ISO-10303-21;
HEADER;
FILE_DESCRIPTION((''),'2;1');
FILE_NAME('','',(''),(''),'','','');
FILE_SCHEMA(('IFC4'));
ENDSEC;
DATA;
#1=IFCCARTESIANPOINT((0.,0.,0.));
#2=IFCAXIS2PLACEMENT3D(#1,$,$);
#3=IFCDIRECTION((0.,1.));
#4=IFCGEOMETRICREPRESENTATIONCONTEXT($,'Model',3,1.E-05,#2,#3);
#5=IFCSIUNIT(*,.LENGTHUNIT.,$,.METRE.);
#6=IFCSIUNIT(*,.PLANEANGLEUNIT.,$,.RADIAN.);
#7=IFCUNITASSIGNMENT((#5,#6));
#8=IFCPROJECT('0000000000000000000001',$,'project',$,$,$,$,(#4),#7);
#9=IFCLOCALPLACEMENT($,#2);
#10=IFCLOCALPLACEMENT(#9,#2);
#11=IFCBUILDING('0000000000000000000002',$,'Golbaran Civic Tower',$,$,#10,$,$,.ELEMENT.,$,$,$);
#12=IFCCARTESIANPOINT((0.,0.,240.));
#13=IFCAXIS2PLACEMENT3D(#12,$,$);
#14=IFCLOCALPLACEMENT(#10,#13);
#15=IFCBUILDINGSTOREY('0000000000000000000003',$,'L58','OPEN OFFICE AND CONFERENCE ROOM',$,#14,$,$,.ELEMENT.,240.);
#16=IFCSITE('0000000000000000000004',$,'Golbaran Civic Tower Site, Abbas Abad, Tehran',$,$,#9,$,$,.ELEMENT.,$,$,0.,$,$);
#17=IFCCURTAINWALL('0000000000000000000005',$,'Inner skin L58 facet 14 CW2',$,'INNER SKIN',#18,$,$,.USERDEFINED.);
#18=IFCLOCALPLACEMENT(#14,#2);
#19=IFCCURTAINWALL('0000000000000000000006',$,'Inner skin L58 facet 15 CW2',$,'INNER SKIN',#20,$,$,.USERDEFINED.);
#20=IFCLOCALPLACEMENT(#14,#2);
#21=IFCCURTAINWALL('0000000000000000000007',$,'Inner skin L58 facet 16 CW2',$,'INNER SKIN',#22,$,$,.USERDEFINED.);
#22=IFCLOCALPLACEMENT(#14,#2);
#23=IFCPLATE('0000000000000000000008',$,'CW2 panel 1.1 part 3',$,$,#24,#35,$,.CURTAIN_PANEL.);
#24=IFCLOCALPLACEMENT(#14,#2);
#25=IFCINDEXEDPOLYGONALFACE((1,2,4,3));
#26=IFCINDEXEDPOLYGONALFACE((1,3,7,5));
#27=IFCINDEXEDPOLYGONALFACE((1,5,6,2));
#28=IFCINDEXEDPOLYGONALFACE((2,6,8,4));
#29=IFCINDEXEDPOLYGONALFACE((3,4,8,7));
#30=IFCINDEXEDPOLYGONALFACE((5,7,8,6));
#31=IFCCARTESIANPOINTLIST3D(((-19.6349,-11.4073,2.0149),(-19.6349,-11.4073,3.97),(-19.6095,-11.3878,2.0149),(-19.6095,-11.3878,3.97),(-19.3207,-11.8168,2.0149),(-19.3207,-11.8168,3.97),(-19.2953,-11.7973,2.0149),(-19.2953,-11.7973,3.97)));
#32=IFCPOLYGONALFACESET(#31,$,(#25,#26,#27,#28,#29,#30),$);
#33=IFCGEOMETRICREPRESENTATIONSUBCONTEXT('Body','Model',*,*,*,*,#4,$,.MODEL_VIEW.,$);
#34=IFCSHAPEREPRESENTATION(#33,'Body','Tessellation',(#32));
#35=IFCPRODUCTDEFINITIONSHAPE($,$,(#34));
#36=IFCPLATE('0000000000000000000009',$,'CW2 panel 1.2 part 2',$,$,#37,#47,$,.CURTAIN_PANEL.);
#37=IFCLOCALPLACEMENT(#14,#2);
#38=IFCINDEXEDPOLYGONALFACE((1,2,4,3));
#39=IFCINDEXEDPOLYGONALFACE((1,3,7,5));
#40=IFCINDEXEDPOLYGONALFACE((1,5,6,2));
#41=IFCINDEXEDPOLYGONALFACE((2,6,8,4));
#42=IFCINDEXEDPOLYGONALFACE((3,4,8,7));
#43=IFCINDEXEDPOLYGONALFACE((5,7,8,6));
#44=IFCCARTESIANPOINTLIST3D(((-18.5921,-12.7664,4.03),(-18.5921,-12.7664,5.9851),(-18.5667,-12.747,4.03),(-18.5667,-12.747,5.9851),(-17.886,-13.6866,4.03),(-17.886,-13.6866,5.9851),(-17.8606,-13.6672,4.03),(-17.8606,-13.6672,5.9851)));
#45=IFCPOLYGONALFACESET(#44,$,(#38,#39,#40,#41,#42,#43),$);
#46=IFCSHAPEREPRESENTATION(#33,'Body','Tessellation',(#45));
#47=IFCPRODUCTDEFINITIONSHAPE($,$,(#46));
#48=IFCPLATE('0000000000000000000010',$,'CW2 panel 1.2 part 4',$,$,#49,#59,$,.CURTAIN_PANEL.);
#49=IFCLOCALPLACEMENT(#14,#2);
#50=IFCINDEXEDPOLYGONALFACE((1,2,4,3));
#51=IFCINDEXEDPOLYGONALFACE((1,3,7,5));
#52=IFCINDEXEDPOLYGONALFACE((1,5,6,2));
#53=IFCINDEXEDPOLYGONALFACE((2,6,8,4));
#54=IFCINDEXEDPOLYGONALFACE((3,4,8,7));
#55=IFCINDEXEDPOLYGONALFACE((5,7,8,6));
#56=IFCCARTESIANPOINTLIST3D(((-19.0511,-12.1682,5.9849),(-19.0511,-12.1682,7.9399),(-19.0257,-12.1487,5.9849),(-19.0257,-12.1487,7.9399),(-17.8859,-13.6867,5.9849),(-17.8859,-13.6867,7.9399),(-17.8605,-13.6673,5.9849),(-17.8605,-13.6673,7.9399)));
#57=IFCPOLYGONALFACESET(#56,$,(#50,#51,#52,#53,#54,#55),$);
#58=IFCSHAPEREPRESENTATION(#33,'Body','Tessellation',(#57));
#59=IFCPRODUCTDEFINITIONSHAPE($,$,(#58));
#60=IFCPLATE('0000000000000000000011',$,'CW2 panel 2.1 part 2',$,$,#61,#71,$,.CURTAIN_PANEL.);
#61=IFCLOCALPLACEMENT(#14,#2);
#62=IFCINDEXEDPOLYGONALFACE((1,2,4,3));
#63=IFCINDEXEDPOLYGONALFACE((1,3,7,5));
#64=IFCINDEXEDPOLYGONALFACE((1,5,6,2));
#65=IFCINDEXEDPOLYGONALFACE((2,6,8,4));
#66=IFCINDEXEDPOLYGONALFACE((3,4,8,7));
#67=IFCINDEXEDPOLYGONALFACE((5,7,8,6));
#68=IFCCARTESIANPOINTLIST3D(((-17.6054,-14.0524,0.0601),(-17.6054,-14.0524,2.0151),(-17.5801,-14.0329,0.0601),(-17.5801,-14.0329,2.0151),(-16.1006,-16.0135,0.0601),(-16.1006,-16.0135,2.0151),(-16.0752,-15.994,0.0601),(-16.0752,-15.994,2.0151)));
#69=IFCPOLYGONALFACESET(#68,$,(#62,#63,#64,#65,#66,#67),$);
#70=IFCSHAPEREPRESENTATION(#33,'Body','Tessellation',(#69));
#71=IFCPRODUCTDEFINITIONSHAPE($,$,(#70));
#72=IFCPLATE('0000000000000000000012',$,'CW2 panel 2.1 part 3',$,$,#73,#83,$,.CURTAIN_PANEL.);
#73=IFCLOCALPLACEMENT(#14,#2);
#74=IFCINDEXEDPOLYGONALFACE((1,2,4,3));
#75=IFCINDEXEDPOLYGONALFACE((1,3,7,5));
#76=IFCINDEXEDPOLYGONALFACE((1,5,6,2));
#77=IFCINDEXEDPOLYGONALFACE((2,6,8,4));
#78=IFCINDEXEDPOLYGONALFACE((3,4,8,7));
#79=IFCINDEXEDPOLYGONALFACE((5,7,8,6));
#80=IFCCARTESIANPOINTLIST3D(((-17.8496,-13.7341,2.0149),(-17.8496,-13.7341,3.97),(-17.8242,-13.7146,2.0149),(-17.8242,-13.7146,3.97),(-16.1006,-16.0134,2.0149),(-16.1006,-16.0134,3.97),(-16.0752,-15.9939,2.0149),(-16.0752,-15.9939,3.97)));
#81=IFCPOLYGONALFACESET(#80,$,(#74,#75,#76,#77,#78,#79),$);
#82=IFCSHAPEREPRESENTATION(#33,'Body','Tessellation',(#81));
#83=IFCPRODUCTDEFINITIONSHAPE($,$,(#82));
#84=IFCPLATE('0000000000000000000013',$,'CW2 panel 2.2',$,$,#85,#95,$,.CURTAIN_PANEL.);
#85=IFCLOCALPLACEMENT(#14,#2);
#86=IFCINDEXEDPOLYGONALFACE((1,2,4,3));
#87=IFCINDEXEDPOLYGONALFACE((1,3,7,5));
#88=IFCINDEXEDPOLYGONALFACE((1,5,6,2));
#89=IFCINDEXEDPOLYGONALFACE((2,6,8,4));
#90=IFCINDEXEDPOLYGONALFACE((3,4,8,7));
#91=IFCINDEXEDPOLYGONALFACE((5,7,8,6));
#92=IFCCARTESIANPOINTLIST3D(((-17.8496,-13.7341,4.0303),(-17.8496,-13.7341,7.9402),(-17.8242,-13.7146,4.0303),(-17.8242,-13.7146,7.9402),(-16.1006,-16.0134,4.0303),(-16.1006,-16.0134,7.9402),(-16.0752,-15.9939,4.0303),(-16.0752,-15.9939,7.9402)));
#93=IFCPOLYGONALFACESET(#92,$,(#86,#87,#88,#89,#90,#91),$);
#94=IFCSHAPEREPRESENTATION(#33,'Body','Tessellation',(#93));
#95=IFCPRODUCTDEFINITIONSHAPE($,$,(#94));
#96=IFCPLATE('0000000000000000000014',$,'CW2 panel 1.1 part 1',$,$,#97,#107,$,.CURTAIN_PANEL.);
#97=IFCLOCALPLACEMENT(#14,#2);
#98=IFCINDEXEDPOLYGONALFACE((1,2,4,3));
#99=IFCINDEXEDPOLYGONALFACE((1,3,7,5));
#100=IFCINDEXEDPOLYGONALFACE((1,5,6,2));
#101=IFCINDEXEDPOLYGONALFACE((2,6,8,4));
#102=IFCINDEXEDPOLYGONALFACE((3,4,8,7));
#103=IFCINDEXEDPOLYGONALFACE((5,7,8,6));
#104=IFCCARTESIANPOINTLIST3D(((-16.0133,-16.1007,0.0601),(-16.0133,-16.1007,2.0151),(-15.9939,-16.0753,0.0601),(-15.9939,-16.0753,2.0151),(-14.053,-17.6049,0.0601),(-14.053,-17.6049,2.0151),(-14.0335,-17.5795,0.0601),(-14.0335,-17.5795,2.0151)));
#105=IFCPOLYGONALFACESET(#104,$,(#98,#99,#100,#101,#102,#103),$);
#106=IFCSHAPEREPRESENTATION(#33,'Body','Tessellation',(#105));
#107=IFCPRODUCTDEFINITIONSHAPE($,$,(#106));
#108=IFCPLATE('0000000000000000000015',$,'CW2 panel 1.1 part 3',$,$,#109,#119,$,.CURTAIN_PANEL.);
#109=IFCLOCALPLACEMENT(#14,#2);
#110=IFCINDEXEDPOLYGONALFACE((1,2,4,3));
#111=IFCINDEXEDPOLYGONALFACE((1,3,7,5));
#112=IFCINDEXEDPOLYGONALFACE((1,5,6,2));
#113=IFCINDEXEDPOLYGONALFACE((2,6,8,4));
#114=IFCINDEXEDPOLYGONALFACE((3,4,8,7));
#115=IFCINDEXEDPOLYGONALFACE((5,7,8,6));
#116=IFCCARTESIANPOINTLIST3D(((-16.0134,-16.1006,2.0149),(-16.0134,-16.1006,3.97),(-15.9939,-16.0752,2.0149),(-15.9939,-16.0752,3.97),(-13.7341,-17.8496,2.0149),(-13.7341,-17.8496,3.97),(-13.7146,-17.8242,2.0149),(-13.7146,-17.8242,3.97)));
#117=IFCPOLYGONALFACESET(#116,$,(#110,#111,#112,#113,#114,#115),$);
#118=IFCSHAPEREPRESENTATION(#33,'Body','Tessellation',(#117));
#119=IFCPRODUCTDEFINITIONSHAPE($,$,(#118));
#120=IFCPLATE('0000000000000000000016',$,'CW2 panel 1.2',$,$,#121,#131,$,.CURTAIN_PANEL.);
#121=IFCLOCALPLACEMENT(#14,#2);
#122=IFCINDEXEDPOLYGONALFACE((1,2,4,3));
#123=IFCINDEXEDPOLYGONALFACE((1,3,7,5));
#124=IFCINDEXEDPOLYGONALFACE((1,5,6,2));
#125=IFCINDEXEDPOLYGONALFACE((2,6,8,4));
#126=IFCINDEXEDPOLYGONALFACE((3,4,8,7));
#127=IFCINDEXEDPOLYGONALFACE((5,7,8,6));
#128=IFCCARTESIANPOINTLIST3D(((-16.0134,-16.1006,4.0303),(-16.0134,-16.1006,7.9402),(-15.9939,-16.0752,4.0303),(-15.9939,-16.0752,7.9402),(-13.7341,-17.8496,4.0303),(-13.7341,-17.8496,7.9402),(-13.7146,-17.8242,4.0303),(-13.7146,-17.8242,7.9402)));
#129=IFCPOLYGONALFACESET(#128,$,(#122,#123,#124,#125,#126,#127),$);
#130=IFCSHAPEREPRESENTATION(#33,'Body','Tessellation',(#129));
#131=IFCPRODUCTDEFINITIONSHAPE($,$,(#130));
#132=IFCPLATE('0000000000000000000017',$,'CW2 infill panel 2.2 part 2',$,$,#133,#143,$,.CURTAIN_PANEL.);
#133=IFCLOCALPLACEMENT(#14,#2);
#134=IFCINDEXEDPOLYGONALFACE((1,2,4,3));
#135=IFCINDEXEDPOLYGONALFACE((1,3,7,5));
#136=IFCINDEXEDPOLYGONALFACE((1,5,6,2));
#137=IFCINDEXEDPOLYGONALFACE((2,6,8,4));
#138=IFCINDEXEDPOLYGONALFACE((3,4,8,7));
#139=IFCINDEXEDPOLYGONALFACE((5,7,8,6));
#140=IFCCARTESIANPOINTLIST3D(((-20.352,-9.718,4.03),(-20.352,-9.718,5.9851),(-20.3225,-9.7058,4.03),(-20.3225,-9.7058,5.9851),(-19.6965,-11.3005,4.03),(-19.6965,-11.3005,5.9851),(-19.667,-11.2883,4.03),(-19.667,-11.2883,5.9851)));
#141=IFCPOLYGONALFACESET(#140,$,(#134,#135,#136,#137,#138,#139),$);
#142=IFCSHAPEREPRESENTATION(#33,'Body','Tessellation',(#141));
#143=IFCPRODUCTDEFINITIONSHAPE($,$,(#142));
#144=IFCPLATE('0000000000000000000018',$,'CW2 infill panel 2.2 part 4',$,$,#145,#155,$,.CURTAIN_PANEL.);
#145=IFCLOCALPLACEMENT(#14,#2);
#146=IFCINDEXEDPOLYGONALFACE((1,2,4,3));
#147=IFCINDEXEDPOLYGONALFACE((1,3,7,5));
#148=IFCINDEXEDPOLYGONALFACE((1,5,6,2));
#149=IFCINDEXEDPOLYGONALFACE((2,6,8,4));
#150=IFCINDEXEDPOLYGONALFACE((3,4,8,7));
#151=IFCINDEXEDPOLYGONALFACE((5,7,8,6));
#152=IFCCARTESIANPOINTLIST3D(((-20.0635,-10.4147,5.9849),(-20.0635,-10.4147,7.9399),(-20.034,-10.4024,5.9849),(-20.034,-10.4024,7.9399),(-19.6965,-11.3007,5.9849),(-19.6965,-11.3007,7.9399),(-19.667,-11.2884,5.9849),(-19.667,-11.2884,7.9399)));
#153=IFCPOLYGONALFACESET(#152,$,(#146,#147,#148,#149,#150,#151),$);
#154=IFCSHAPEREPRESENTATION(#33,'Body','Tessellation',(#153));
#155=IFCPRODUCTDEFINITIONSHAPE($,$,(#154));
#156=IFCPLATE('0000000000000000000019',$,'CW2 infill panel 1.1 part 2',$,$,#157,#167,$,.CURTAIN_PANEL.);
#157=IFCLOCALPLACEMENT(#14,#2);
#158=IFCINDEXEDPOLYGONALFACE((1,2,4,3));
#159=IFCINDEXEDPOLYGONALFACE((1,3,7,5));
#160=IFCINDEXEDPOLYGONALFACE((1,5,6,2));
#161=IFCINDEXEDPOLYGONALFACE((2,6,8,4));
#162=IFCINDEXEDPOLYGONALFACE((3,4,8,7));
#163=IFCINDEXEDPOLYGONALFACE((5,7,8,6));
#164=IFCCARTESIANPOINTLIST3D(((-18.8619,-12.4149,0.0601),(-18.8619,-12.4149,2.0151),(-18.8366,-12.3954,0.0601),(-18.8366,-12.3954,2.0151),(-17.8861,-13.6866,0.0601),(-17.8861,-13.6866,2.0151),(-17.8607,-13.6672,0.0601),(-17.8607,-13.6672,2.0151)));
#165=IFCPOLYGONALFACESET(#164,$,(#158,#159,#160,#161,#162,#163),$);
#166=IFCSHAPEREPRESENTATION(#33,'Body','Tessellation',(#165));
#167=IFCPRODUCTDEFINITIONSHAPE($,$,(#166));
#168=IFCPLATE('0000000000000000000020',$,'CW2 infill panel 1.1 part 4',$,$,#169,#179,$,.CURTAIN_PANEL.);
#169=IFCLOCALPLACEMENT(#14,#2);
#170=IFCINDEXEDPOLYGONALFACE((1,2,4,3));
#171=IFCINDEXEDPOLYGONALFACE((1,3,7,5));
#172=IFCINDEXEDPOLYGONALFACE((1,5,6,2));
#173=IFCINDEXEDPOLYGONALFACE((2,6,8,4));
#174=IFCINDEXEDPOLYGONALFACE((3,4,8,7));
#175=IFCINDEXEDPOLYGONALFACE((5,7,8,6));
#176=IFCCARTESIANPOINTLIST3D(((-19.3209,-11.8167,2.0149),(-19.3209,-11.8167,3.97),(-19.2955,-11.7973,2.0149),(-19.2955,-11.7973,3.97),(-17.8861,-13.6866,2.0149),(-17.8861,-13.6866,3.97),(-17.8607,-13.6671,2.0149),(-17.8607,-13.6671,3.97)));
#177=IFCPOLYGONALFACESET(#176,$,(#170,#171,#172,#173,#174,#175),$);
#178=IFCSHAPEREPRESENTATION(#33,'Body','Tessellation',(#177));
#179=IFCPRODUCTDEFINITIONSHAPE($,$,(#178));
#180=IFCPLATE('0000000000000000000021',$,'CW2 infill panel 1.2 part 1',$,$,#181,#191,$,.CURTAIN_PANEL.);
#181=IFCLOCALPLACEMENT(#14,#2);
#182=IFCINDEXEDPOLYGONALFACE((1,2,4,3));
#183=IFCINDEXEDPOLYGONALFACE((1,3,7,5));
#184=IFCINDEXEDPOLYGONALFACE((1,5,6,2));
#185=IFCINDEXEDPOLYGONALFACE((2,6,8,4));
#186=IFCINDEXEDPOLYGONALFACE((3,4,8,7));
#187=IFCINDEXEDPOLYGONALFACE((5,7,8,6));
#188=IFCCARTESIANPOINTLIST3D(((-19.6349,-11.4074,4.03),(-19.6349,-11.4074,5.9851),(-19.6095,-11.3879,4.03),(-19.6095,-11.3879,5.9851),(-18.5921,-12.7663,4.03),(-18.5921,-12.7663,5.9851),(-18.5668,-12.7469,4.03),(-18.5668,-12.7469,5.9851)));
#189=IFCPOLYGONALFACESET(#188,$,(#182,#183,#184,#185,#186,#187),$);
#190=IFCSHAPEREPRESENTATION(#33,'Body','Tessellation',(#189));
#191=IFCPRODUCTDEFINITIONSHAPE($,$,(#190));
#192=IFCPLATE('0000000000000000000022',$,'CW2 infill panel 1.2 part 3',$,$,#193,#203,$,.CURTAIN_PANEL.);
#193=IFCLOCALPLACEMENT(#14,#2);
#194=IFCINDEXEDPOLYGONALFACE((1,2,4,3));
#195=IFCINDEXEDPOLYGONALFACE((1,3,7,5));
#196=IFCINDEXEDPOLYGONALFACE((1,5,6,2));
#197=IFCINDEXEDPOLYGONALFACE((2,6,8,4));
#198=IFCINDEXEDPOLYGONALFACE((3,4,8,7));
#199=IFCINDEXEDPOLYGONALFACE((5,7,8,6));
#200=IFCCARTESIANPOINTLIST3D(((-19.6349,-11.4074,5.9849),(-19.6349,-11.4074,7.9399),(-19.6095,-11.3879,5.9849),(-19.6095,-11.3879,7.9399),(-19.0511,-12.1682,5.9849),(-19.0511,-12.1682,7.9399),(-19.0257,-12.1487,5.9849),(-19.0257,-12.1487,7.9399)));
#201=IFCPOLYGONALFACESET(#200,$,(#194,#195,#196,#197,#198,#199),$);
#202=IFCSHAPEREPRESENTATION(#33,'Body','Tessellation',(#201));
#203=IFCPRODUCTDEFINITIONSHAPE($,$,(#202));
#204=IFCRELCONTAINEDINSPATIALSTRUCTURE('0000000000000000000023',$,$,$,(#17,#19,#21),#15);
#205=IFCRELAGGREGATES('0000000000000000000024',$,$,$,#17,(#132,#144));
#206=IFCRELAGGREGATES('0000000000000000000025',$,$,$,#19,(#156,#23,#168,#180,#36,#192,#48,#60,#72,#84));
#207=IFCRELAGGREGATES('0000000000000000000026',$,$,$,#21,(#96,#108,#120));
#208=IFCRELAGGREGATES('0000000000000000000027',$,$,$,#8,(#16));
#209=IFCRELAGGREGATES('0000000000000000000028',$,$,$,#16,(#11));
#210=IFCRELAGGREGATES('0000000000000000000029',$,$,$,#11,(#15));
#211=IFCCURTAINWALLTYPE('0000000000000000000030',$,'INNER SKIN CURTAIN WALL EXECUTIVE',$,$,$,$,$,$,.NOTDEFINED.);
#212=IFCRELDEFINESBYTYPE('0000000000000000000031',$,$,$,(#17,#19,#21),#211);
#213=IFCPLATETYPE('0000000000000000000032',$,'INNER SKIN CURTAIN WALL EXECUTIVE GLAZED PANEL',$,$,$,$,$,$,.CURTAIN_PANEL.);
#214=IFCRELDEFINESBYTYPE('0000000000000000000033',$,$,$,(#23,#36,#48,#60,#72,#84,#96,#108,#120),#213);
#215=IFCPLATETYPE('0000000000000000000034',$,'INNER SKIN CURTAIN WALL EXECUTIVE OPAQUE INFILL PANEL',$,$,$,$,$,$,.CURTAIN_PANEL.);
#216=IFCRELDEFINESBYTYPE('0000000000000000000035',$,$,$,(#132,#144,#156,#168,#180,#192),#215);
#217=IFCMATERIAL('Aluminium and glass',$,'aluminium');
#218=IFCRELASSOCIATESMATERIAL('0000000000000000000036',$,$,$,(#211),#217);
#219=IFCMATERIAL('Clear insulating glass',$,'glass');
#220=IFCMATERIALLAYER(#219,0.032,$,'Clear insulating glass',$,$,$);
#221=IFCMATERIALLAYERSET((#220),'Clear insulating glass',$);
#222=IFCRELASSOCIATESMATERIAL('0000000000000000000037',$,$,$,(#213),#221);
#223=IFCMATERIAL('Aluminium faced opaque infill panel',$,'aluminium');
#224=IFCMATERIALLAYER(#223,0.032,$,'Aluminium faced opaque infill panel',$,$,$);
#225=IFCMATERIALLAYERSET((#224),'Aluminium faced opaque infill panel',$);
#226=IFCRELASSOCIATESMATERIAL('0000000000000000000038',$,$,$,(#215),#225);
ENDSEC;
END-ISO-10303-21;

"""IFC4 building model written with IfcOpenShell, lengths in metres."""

from ifc_helpers import new_model, si_unit, direction, frame, origin, origin_2d, place, context, subcontext, project, spatial, rectangle, extrude, material, layer, layer_set, type_object, element, aggregate, save


model = new_model("IFC4")

# Units and contexts
model_context = context("Model", 3, precision=1e-05, world=origin(), true_north=direction((0.0, 1.0)))
body_context = subcontext(model_context, "Body", "Model", "MODEL_VIEW")
ifc_project = project(units=[si_unit("LENGTHUNIT", "METRE"), si_unit("PLANEANGLEUNIT", "RADIAN")], contexts=[model_context])

# Site, building, storey
site_placement = place(None, origin())
site = spatial("IfcSite", under=ifc_project, at=site_placement, Name="Golbaran Civic Tower Site, Abbas Abad, Tehran", CompositionType="ELEMENT", RefElevation=0.0)
building_placement = place(site_placement, origin())
building = spatial("IfcBuilding", under=site, at=building_placement, Name="Golbaran Civic Tower", CompositionType="ELEMENT")
storey_placement = place(building_placement, frame((0.0, 0.0, 240.0)))
storey = spatial("IfcBuildingStorey", under=building, at=storey_placement, Name="L58", Description="OPEN OFFICE AND CONFERENCE ROOM", CompositionType="ELEMENT", Elevation=240.0)

# Curtain wall
ifc_material_1 = material(Name="Aluminium and glass", Category="aluminium")
curtain_wall_type = type_object("IfcCurtainWallType", Name="INNER SKIN CURTAIN WALL EXECUTIVE", PredefinedType="NOTDEFINED", material=ifc_material_1)
curtain_wall_1_placement = place(storey_placement, origin())
curtain_wall_1 = element("IfcCurtainWall", 1, at=curtain_wall_1_placement, inside=storey, type_object=curtain_wall_type, Name="Inner skin L58 facet 14 CW2", ObjectType="INNER SKIN", PredefinedType="USERDEFINED")

# Curtain walls
curtain_wall_2_placement = place(storey_placement, origin())
curtain_wall_2 = element("IfcCurtainWall", 2, at=curtain_wall_2_placement, inside=storey, type_object=curtain_wall_type, Name="Inner skin L58 facet 15 CW2", ObjectType="INNER SKIN", PredefinedType="USERDEFINED")
curtain_wall_3_placement = place(storey_placement, origin())
curtain_wall_3 = element("IfcCurtainWall", 3, at=curtain_wall_3_placement, inside=storey, type_object=curtain_wall_type, Name="Inner skin L58 facet 16 CW2", ObjectType="INNER SKIN", PredefinedType="USERDEFINED")

# Plates
ifc_material_2 = material(Name="Clear insulating glass", Category="glass")
ifc_layer_1 = layer(ifc_material_2, 0.032, Name="Clear insulating glass")
ifc_layer_set_1 = layer_set([ifc_layer_1], Name="Clear insulating glass")
plate_type_1 = type_object("IfcPlateType", Name="INNER SKIN CURTAIN WALL EXECUTIVE GLAZED PANEL", PredefinedType="CURTAIN_PANEL", material=ifc_layer_set_1)
plate_1_placement = place(storey_placement, frame((-19.4651, -11.6023, 2.0149), z_axis=(0.0, 0.0, 1.0), x_axis=(0.608761, -0.793353, 0.0)))
plate_1 = element("IfcPlate", 4, at=plate_1_placement, type_object=plate_type_1, Name="CW2 panel 1.1 part 3", PredefinedType="CURTAIN_PANEL", context=body_context, shape_type="SweptSolid", body=[
    extrude(rectangle(XDim=0.5161, YDim=0.032, at=origin_2d()), origin(), (0.0, 0.0, 1.0), 1.9551),
])
plate_2_placement = place(storey_placement, frame((-18.2263, -13.2168, 4.03), z_axis=(0.0, 0.0, 1.0), x_axis=(0.608761, -0.793353, 0.0)))
plate_2 = element("IfcPlate", 5, at=plate_2_placement, type_object=plate_type_1, Name="CW2 panel 1.2 part 2", PredefinedType="CURTAIN_PANEL", context=body_context, shape_type="SweptSolid", body=[
    extrude(rectangle(XDim=1.1599, YDim=0.032, at=origin_2d()), origin(), (0.0, 0.0, 1.0), 1.9551),
])
plate_3_placement = place(storey_placement, frame((-18.4558, -12.9177, 5.9849), z_axis=(0.0, 0.0, 1.0), x_axis=(0.608761, -0.793353, 0.0)))
plate_3 = element("IfcPlate", 6, at=plate_3_placement, type_object=plate_type_1, Name="CW2 panel 1.2 part 4", PredefinedType="CURTAIN_PANEL", context=body_context, shape_type="SweptSolid", body=[
    extrude(rectangle(XDim=1.9141, YDim=0.032, at=origin_2d()), origin(), (0.0, 0.0, 1.0), 1.9551),
])
plate_4_placement = place(storey_placement, frame((-16.8403, -15.0232, 0.0601), z_axis=(0.0, 0.0, 1.0), x_axis=(0.608761, -0.793353, 0.0)))
plate_4 = element("IfcPlate", 7, at=plate_4_placement, type_object=plate_type_1, Name="CW2 panel 2.1 part 2", PredefinedType="CURTAIN_PANEL", context=body_context, shape_type="SweptSolid", body=[
    extrude(rectangle(XDim=2.4719, YDim=0.032, at=origin_2d()), origin(), (0.0, 0.0, 1.0), 1.9551),
])
plate_5_placement = place(storey_placement, frame((-16.9624, -14.864, 2.0149), z_axis=(0.0, 0.0, 1.0), x_axis=(0.608761, -0.793353, 0.0)))
plate_5 = element("IfcPlate", 8, at=plate_5_placement, type_object=plate_type_1, Name="CW2 panel 2.1 part 3", PredefinedType="CURTAIN_PANEL", context=body_context, shape_type="SweptSolid", body=[
    extrude(rectangle(XDim=2.873, YDim=0.032, at=origin_2d()), origin(), (0.0, 0.0, 1.0), 1.9551),
])
plate_6_placement = place(storey_placement, frame((-16.9624, -14.864, 4.0303), z_axis=(0.0, 0.0, 1.0), x_axis=(0.608761, -0.793353, 0.0)))
plate_6 = element("IfcPlate", 9, at=plate_6_placement, type_object=plate_type_1, Name="CW2 panel 2.2", PredefinedType="CURTAIN_PANEL", context=body_context, shape_type="SweptSolid", body=[
    extrude(rectangle(XDim=2.873, YDim=0.032, at=origin_2d()), origin(), (0.0, 0.0, 1.0), 3.9099),
])
plate_7_placement = place(storey_placement, frame((-15.0234, -16.8401, 0.0601), z_axis=(0.0, 0.0, 1.0), x_axis=(0.793353, -0.608761, 0.0)))
plate_7 = element("IfcPlate", 10, at=plate_7_placement, type_object=plate_type_1, Name="CW2 panel 1.1 part 1", PredefinedType="CURTAIN_PANEL", context=body_context, shape_type="SweptSolid", body=[
    extrude(rectangle(XDim=2.4709, YDim=0.032, at=origin_2d()), origin(), (0.0, 0.0, 1.0), 1.9551),
])
plate_8_placement = place(storey_placement, frame((-14.864, -16.9624, 2.0149), z_axis=(0.0, 0.0, 1.0), x_axis=(0.793353, -0.608761, 0.0)))
plate_8 = element("IfcPlate", 11, at=plate_8_placement, type_object=plate_type_1, Name="CW2 panel 1.1 part 3", PredefinedType="CURTAIN_PANEL", context=body_context, shape_type="SweptSolid", body=[
    extrude(rectangle(XDim=2.873, YDim=0.032, at=origin_2d()), origin(), (0.0, 0.0, 1.0), 1.9551),
])
plate_9_placement = place(storey_placement, frame((-14.864, -16.9624, 4.0303), z_axis=(0.0, 0.0, 1.0), x_axis=(0.793353, -0.608761, 0.0)))
plate_9 = element("IfcPlate", 12, at=plate_9_placement, type_object=plate_type_1, Name="CW2 panel 1.2", PredefinedType="CURTAIN_PANEL", context=body_context, shape_type="SweptSolid", body=[
    extrude(rectangle(XDim=2.873, YDim=0.032, at=origin_2d()), origin(), (0.0, 0.0, 1.0), 3.9099),
])
ifc_material_3 = material(Name="Aluminium faced opaque infill panel", Category="aluminium")
ifc_layer_2 = layer(ifc_material_3, 0.032, Name="Aluminium faced opaque infill panel")
ifc_layer_set_2 = layer_set([ifc_layer_2], Name="Aluminium faced opaque infill panel")
plate_type_2 = type_object("IfcPlateType", Name="INNER SKIN CURTAIN WALL EXECUTIVE OPAQUE INFILL PANEL", PredefinedType="CURTAIN_PANEL", material=ifc_layer_set_2)
plate_10_placement = place(storey_placement, frame((-20.0095, -10.5032, 4.03), z_axis=(0.0, 0.0, 1.0), x_axis=(0.382683, -0.92388, 0.0)))
plate_10 = element("IfcPlate", 13, at=plate_10_placement, type_object=plate_type_2, Name="CW2 infill panel 2.2 part 2", PredefinedType="CURTAIN_PANEL", context=body_context, shape_type="SweptSolid", body=[
    extrude(rectangle(XDim=1.7129, YDim=0.032, at=origin_2d()), origin(), (0.0, 0.0, 1.0), 1.9551),
])
plate_11_placement = place(storey_placement, frame((-19.8652, -10.8516, 5.9849), z_axis=(0.0, 0.0, 1.0), x_axis=(0.382683, -0.92388, 0.0)))
plate_11 = element("IfcPlate", 14, at=plate_11_placement, type_object=plate_type_2, Name="CW2 infill panel 2.2 part 4", PredefinedType="CURTAIN_PANEL", context=body_context, shape_type="SweptSolid", body=[
    extrude(rectangle(XDim=0.959, YDim=0.032, at=origin_2d()), origin(), (0.0, 0.0, 1.0), 1.9551),
])
aggregate(curtain_wall_1, [plate_10, plate_11])
plate_12_placement = place(storey_placement, frame((-18.3613, -13.041, 0.0601), z_axis=(0.0, 0.0, 1.0), x_axis=(0.608761, -0.793353, 0.0)))
plate_12 = element("IfcPlate", 15, at=plate_12_placement, type_object=plate_type_2, Name="CW2 infill panel 1.1 part 2", PredefinedType="CURTAIN_PANEL", context=body_context, shape_type="SweptSolid", body=[
    extrude(rectangle(XDim=1.603, YDim=0.032, at=origin_2d()), origin(), (0.0, 0.0, 1.0), 1.9551),
])
plate_13_placement = place(storey_placement, frame((-18.5908, -12.7419, 2.0149), z_axis=(0.0, 0.0, 1.0), x_axis=(0.608761, -0.793353, 0.0)))
plate_13 = element("IfcPlate", 16, at=plate_13_placement, type_object=plate_type_2, Name="CW2 infill panel 1.1 part 4", PredefinedType="CURTAIN_PANEL", context=body_context, shape_type="SweptSolid", body=[
    extrude(rectangle(XDim=2.3569, YDim=0.032, at=origin_2d()), origin(), (0.0, 0.0, 1.0), 1.9551),
])
plate_14_placement = place(storey_placement, frame((-19.1008, -12.0771, 4.03), z_axis=(0.0, 0.0, 1.0), x_axis=(0.608761, -0.793353, 0.0)))
plate_14 = element("IfcPlate", 17, at=plate_14_placement, type_object=plate_type_2, Name="CW2 infill panel 1.2 part 1", PredefinedType="CURTAIN_PANEL", context=body_context, shape_type="SweptSolid", body=[
    extrude(rectangle(XDim=1.7129, YDim=0.032, at=origin_2d()), origin(), (0.0, 0.0, 1.0), 1.9551),
])
plate_15_placement = place(storey_placement, frame((-19.3303, -11.7781, 5.9849), z_axis=(0.0, 0.0, 1.0), x_axis=(0.608761, -0.793353, 0.0)))
plate_15 = element("IfcPlate", 18, at=plate_15_placement, type_object=plate_type_2, Name="CW2 infill panel 1.2 part 3", PredefinedType="CURTAIN_PANEL", context=body_context, shape_type="SweptSolid", body=[
    extrude(rectangle(XDim=0.959, YDim=0.032, at=origin_2d()), origin(), (0.0, 0.0, 1.0), 1.9551),
])
aggregate(curtain_wall_2, [plate_12, plate_1, plate_13, plate_14, plate_2, plate_15, plate_3, plate_4, plate_5, plate_6])
aggregate(curtain_wall_3, [plate_7, plate_8, plate_9])

save(model, "model.ifc")
